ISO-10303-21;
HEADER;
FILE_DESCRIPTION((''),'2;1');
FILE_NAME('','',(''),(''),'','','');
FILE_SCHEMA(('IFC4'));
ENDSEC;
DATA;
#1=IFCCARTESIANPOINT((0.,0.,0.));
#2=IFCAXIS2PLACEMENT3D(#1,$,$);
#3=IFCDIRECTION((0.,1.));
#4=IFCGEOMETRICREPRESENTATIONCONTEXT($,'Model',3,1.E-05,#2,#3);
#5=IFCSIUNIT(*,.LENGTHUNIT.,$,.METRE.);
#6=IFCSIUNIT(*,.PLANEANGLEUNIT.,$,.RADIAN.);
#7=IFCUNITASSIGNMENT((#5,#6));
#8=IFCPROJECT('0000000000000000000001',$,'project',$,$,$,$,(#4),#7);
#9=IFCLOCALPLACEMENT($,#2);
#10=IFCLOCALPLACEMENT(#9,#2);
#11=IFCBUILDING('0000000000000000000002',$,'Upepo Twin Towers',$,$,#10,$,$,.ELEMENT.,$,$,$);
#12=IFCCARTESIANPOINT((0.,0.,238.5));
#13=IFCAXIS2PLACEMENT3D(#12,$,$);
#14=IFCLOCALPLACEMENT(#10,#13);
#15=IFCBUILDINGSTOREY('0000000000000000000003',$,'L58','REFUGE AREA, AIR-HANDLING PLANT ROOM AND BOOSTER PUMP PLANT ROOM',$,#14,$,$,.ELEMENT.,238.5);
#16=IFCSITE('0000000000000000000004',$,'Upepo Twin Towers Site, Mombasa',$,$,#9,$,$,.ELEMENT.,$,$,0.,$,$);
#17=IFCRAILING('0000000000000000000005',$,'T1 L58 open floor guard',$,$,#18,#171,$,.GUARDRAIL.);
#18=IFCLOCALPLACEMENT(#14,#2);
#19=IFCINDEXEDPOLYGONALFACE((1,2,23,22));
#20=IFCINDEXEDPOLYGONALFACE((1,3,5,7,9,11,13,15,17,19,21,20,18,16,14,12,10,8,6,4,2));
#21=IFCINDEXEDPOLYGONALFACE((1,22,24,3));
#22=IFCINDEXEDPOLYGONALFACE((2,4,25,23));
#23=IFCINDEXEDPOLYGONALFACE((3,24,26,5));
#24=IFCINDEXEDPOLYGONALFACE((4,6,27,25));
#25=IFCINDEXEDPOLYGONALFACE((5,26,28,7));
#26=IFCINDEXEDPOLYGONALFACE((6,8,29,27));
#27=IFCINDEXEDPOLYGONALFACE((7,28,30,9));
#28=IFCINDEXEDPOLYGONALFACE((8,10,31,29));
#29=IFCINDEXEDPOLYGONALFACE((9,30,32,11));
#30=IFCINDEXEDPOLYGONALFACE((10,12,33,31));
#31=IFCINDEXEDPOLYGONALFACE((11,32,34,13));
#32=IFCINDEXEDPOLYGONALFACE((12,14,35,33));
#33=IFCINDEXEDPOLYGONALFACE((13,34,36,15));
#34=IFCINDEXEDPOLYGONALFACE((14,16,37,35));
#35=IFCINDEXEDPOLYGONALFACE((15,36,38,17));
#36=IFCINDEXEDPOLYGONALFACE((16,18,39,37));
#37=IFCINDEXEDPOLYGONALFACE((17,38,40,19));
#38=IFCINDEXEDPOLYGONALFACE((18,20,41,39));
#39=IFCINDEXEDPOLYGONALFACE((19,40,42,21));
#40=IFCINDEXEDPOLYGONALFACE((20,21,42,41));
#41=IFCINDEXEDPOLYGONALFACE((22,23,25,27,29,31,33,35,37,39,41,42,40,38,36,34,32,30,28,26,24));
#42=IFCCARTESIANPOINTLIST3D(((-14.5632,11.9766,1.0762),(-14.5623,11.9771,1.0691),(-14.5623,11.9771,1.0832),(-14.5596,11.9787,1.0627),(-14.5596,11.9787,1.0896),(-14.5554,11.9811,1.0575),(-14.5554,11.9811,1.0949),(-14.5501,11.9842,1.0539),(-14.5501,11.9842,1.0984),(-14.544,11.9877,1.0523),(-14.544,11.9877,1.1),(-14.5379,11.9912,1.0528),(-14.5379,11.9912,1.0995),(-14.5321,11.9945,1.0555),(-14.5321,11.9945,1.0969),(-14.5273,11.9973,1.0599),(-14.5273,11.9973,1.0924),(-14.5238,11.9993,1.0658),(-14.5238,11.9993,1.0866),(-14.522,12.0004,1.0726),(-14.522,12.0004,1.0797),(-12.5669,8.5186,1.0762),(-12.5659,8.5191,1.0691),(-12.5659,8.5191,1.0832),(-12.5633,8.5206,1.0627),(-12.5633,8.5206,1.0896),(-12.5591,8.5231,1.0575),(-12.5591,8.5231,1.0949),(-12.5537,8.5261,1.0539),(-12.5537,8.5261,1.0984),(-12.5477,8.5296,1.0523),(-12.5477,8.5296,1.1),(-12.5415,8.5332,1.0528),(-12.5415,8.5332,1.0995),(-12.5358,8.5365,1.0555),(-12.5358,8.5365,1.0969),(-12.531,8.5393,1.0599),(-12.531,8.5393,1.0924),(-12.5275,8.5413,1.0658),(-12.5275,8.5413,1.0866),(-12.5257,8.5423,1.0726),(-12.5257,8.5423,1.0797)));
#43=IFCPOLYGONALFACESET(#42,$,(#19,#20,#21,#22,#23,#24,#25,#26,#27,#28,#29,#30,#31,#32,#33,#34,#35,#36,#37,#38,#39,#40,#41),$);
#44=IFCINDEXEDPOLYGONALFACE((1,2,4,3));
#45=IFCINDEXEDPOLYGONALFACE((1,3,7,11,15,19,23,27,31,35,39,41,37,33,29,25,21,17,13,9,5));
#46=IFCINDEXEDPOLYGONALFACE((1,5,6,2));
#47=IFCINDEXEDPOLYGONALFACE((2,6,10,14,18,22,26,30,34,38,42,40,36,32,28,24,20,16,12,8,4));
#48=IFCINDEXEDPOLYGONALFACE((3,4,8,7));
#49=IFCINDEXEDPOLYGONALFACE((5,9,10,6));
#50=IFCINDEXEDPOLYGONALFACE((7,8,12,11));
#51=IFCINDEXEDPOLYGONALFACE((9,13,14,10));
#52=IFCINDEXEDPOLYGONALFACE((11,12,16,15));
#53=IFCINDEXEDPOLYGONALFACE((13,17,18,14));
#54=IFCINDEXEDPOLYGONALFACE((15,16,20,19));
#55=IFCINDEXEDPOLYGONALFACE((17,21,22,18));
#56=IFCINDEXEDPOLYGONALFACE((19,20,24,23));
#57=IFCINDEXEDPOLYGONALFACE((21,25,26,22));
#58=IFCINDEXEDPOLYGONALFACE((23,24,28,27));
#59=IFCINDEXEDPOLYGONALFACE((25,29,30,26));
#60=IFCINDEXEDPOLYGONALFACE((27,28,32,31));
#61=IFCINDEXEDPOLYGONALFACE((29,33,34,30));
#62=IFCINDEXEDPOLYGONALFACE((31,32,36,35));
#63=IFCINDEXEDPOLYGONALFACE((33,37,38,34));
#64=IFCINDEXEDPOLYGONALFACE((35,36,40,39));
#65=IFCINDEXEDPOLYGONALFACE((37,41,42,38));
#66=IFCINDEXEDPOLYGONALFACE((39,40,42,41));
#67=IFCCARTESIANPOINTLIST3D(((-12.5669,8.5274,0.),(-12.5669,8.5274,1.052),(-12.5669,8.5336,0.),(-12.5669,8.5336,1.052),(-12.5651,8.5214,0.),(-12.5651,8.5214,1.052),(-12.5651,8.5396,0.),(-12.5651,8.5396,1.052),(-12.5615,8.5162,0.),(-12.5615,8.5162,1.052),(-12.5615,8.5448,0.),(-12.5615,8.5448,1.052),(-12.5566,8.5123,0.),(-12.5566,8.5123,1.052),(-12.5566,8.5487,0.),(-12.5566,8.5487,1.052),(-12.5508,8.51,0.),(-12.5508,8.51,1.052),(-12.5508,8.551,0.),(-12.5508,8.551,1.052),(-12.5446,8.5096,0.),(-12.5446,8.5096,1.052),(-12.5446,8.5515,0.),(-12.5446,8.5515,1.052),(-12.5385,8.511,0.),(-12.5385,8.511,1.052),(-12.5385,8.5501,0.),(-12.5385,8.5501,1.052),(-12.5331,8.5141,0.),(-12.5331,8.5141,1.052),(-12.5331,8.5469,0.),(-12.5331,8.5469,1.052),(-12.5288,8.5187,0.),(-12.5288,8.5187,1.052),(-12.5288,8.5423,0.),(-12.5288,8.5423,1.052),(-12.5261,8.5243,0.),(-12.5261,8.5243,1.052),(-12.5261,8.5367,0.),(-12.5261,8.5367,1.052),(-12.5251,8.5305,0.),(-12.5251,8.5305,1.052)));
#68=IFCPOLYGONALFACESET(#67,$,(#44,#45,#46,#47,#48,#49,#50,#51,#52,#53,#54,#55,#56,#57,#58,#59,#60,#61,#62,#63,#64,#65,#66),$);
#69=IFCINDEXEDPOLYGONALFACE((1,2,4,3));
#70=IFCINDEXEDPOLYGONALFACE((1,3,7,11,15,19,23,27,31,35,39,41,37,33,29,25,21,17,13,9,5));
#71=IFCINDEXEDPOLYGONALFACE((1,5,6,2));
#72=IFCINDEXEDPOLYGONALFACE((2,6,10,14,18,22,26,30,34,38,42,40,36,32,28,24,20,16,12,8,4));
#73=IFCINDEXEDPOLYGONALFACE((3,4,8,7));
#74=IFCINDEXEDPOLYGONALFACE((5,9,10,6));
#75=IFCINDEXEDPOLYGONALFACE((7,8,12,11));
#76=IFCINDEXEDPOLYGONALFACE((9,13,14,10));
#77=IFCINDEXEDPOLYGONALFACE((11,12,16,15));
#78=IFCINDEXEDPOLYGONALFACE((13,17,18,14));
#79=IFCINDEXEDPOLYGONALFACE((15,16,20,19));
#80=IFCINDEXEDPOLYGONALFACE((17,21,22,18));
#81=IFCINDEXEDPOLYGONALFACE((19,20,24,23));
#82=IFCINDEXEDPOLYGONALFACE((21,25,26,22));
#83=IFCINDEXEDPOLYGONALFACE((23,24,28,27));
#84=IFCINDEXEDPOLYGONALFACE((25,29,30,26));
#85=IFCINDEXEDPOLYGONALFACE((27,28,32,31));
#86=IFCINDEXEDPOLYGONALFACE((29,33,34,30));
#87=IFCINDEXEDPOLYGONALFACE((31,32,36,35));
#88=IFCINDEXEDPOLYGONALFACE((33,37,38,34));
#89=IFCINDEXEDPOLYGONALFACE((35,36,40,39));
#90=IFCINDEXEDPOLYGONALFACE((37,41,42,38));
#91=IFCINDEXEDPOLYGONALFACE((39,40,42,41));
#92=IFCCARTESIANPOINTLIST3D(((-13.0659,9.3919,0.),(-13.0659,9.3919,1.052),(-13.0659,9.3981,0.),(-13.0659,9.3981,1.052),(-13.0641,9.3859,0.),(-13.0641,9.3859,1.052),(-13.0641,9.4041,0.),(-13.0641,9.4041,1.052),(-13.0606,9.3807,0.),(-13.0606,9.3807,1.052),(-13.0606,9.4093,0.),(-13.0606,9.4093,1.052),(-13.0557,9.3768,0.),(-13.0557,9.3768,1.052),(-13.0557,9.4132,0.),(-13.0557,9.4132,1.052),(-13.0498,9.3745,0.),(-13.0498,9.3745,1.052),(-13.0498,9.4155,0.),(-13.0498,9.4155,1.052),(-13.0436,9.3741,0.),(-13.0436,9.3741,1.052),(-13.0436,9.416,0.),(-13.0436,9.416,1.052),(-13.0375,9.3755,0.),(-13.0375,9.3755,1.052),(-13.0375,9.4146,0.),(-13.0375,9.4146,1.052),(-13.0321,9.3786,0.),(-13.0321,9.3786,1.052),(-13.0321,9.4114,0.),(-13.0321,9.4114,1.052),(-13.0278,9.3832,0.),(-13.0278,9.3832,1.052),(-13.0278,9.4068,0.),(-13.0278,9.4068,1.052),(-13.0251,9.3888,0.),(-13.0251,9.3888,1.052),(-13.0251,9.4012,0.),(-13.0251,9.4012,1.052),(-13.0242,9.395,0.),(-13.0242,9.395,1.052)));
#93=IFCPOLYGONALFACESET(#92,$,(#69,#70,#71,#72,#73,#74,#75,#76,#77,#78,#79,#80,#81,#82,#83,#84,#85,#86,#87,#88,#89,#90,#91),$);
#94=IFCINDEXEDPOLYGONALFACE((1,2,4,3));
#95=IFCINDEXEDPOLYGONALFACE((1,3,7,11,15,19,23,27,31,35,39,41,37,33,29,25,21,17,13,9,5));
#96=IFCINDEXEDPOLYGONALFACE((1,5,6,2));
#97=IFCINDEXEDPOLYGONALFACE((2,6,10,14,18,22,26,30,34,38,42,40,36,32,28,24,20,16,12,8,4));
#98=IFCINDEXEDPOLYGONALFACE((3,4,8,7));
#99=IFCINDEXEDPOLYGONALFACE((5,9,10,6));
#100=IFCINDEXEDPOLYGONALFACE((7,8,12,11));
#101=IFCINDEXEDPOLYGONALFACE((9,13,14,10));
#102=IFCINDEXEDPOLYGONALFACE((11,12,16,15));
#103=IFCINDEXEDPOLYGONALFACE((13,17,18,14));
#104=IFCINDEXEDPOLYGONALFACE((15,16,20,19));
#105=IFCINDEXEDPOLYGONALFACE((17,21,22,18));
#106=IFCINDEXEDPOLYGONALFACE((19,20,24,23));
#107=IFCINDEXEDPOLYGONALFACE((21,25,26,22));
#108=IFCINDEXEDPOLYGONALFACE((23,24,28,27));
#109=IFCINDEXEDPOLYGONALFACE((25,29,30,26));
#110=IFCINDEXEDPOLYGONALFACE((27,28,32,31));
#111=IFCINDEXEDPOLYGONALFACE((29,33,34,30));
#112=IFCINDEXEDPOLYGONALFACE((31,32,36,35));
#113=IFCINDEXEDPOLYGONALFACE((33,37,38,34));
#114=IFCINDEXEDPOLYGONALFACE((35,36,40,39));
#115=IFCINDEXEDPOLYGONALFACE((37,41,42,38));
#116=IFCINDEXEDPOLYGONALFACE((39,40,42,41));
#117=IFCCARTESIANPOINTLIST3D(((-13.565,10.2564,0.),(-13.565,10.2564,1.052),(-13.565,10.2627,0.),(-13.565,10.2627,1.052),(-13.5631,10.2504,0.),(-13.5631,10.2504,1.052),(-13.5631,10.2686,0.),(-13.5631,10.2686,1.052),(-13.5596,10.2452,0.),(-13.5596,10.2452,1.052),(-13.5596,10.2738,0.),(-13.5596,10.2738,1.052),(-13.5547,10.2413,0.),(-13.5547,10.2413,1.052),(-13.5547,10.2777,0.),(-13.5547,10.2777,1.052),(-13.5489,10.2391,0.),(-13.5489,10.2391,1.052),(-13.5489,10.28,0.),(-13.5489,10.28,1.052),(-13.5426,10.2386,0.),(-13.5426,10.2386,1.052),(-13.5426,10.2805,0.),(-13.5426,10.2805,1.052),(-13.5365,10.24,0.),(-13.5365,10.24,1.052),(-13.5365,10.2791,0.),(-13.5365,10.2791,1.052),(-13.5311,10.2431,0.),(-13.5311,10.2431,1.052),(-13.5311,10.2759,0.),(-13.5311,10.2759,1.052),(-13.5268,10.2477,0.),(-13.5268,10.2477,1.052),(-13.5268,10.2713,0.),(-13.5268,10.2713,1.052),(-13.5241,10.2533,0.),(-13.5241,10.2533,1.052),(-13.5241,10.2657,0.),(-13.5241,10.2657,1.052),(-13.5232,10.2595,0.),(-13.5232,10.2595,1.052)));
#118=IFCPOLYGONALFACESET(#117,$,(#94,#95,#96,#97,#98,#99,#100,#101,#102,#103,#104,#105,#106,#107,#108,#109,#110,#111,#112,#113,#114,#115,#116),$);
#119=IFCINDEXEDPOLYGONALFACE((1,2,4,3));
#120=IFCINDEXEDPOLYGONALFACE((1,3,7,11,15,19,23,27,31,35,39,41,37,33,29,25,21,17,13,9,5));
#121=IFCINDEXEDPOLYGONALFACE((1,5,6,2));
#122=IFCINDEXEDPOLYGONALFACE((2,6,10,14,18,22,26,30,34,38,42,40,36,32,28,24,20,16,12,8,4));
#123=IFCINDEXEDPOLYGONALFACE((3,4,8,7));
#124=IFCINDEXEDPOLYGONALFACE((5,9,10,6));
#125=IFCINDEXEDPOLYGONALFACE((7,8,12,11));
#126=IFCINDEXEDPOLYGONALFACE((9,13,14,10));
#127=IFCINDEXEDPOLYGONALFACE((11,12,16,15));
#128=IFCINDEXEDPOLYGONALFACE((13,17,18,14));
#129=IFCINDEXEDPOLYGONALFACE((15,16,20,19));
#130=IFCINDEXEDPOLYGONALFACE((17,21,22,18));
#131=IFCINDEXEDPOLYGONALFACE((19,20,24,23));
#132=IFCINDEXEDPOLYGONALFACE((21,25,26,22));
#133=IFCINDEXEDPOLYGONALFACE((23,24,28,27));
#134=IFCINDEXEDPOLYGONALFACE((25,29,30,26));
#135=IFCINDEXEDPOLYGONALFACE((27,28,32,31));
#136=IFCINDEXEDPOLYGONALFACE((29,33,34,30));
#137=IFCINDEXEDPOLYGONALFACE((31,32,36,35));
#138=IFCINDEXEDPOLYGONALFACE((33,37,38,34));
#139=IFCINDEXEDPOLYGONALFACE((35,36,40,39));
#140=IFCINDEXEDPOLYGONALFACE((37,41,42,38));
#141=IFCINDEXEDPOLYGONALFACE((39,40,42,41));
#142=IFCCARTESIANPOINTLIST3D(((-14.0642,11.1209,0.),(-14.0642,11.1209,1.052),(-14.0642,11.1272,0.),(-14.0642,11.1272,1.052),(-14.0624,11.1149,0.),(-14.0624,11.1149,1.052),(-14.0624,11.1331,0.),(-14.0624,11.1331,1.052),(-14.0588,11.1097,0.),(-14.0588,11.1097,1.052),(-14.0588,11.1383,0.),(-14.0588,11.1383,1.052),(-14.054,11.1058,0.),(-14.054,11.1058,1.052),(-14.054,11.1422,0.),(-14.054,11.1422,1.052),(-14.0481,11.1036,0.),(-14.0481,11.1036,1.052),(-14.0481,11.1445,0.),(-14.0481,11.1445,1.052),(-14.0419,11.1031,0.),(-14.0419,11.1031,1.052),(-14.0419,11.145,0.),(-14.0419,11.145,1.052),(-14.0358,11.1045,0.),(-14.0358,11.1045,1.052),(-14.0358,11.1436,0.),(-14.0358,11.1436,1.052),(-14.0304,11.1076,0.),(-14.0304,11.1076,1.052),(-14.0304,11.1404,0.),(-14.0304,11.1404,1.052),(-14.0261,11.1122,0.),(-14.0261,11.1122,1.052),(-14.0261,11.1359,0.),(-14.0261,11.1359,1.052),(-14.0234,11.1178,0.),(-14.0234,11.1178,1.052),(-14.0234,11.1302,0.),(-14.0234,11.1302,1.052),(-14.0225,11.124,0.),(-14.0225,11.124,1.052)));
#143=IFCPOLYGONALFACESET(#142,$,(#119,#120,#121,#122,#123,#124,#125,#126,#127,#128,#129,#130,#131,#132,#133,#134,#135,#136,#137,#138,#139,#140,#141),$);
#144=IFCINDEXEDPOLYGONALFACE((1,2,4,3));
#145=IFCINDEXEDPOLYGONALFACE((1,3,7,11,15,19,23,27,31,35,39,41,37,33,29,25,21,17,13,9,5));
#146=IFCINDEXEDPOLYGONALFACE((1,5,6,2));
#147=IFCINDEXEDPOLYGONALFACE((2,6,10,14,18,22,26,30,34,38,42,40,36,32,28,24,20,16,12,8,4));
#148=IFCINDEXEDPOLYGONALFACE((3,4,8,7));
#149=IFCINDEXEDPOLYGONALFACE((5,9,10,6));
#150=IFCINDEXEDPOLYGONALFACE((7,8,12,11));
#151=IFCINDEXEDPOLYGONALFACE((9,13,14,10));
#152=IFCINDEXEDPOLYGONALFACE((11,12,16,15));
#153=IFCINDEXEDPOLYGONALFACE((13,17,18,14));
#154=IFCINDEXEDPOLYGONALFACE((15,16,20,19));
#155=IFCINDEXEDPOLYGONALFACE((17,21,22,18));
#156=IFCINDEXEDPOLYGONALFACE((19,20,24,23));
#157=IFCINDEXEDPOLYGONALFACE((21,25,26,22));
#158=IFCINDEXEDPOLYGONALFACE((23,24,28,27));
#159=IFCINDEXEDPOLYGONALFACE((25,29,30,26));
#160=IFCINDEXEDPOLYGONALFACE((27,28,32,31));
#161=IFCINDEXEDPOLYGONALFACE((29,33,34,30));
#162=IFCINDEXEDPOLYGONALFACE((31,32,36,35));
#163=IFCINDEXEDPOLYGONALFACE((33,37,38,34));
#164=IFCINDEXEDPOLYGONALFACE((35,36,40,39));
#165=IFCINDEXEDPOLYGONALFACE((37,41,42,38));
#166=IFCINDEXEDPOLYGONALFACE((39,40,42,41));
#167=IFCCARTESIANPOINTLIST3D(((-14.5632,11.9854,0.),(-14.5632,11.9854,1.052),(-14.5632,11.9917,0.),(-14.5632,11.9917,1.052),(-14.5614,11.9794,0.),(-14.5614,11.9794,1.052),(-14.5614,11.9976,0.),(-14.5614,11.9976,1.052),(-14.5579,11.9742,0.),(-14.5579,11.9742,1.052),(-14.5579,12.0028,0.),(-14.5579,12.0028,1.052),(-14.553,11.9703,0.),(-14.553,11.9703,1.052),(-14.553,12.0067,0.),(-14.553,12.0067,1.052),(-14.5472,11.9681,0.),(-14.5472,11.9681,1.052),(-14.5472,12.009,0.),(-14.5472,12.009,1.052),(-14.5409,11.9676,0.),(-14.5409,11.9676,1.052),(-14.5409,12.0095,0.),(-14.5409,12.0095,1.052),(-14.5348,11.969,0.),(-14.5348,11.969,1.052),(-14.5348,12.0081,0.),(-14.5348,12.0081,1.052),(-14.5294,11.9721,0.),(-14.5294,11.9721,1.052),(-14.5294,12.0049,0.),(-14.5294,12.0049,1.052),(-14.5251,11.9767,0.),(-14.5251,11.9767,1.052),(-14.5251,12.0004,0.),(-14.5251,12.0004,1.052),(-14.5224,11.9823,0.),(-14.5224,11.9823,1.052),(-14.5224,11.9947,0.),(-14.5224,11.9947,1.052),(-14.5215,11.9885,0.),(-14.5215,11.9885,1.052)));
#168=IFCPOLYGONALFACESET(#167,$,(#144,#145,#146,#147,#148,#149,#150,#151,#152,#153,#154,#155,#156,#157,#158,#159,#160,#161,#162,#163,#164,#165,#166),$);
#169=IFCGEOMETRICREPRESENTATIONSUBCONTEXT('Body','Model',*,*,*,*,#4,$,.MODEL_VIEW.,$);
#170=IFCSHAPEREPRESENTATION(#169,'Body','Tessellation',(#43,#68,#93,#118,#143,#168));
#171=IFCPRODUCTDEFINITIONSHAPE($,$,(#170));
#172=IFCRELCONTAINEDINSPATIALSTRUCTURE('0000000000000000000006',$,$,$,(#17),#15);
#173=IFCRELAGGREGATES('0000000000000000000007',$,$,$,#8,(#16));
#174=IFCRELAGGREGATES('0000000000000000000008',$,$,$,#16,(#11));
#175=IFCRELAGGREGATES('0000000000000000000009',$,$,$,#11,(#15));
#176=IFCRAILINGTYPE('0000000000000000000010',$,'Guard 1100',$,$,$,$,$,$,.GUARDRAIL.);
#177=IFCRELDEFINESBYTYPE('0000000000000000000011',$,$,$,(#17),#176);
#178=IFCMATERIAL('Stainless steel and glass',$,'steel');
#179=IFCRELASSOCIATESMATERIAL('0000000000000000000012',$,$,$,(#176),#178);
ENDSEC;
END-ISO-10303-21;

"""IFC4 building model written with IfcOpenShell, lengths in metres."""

from ifc_helpers import new_model, si_unit, direction, frame, origin, origin_2d, place, context, subcontext, project, spatial, circle, extrude, material, type_object, element, save


model = new_model("IFC4")

# Units and contexts
model_context = context("Model", 3, precision=1e-05, world=origin(), true_north=direction((0.0, 1.0)))
body_context = subcontext(model_context, "Body", "Model", "MODEL_VIEW")
ifc_project = project(units=[si_unit("LENGTHUNIT", "METRE"), si_unit("PLANEANGLEUNIT", "RADIAN")], contexts=[model_context])

# Site, building, storey
site_placement = place(None, origin())
site = spatial("IfcSite", under=ifc_project, at=site_placement, Name="Upepo Twin Towers Site, Mombasa", CompositionType="ELEMENT", RefElevation=0.0)
building_placement = place(site_placement, origin())
building = spatial("IfcBuilding", under=site, at=building_placement, Name="Upepo Twin Towers", CompositionType="ELEMENT")
storey_placement = place(building_placement, frame((0.0, 0.0, 238.5)))
storey = spatial("IfcBuildingStorey", under=building, at=storey_placement, Name="L58", Description="REFUGE AREA, AIR-HANDLING PLANT ROOM AND BOOSTER PUMP PLANT ROOM", CompositionType="ELEMENT", Elevation=238.5)

# Railing
ifc_material_1 = material(Name="Stainless steel and glass", Category="steel")
railing_type_1 = type_object("IfcRailingType", Name="Guard 1100", PredefinedType="GUARDRAIL", material=ifc_material_1)
railing_1_placement = place(storey_placement, frame((-12.5461, 8.5305, 0.0)))
element("IfcRailing", 1, at=railing_1_placement, inside=storey, type_object=railing_type_1, Name="T1 L58 open floor guard", PredefinedType="GUARDRAIL", context=body_context, shape_type="SweptSolid", body=[
    extrude(circle(Radius=0.0239, at=origin_2d()), frame((0.0, 0.0, 1.0762), z_axis=(-0.499973, 0.866041, 0.0), x_axis=(-0.866041, -0.499973, 0.0)), (0.0, 0.0, 1.0), 3.9929),
    extrude(circle(Radius=0.021, at=origin_2d()), origin(), (0.0, 0.0, 1.0), 1.052),
    extrude(circle(Radius=0.021, at=origin_2d()), frame((-0.499, 0.8645, 0.0)), (0.0, 0.0, 1.0), 1.052),
    extrude(circle(Radius=0.021, at=origin_2d()), frame((-0.998, 1.729, 0.0)), (0.0, 0.0, 1.0), 1.052),
    extrude(circle(Radius=0.021, at=origin_2d()), frame((-1.4973, 2.5935, 0.0)), (0.0, 0.0, 1.0), 1.052),
    extrude(circle(Radius=0.021, at=origin_2d()), frame((-1.9963, 3.458, 0.0)), (0.0, 0.0, 1.0), 1.052),
])

save(model, "model.ifc")
